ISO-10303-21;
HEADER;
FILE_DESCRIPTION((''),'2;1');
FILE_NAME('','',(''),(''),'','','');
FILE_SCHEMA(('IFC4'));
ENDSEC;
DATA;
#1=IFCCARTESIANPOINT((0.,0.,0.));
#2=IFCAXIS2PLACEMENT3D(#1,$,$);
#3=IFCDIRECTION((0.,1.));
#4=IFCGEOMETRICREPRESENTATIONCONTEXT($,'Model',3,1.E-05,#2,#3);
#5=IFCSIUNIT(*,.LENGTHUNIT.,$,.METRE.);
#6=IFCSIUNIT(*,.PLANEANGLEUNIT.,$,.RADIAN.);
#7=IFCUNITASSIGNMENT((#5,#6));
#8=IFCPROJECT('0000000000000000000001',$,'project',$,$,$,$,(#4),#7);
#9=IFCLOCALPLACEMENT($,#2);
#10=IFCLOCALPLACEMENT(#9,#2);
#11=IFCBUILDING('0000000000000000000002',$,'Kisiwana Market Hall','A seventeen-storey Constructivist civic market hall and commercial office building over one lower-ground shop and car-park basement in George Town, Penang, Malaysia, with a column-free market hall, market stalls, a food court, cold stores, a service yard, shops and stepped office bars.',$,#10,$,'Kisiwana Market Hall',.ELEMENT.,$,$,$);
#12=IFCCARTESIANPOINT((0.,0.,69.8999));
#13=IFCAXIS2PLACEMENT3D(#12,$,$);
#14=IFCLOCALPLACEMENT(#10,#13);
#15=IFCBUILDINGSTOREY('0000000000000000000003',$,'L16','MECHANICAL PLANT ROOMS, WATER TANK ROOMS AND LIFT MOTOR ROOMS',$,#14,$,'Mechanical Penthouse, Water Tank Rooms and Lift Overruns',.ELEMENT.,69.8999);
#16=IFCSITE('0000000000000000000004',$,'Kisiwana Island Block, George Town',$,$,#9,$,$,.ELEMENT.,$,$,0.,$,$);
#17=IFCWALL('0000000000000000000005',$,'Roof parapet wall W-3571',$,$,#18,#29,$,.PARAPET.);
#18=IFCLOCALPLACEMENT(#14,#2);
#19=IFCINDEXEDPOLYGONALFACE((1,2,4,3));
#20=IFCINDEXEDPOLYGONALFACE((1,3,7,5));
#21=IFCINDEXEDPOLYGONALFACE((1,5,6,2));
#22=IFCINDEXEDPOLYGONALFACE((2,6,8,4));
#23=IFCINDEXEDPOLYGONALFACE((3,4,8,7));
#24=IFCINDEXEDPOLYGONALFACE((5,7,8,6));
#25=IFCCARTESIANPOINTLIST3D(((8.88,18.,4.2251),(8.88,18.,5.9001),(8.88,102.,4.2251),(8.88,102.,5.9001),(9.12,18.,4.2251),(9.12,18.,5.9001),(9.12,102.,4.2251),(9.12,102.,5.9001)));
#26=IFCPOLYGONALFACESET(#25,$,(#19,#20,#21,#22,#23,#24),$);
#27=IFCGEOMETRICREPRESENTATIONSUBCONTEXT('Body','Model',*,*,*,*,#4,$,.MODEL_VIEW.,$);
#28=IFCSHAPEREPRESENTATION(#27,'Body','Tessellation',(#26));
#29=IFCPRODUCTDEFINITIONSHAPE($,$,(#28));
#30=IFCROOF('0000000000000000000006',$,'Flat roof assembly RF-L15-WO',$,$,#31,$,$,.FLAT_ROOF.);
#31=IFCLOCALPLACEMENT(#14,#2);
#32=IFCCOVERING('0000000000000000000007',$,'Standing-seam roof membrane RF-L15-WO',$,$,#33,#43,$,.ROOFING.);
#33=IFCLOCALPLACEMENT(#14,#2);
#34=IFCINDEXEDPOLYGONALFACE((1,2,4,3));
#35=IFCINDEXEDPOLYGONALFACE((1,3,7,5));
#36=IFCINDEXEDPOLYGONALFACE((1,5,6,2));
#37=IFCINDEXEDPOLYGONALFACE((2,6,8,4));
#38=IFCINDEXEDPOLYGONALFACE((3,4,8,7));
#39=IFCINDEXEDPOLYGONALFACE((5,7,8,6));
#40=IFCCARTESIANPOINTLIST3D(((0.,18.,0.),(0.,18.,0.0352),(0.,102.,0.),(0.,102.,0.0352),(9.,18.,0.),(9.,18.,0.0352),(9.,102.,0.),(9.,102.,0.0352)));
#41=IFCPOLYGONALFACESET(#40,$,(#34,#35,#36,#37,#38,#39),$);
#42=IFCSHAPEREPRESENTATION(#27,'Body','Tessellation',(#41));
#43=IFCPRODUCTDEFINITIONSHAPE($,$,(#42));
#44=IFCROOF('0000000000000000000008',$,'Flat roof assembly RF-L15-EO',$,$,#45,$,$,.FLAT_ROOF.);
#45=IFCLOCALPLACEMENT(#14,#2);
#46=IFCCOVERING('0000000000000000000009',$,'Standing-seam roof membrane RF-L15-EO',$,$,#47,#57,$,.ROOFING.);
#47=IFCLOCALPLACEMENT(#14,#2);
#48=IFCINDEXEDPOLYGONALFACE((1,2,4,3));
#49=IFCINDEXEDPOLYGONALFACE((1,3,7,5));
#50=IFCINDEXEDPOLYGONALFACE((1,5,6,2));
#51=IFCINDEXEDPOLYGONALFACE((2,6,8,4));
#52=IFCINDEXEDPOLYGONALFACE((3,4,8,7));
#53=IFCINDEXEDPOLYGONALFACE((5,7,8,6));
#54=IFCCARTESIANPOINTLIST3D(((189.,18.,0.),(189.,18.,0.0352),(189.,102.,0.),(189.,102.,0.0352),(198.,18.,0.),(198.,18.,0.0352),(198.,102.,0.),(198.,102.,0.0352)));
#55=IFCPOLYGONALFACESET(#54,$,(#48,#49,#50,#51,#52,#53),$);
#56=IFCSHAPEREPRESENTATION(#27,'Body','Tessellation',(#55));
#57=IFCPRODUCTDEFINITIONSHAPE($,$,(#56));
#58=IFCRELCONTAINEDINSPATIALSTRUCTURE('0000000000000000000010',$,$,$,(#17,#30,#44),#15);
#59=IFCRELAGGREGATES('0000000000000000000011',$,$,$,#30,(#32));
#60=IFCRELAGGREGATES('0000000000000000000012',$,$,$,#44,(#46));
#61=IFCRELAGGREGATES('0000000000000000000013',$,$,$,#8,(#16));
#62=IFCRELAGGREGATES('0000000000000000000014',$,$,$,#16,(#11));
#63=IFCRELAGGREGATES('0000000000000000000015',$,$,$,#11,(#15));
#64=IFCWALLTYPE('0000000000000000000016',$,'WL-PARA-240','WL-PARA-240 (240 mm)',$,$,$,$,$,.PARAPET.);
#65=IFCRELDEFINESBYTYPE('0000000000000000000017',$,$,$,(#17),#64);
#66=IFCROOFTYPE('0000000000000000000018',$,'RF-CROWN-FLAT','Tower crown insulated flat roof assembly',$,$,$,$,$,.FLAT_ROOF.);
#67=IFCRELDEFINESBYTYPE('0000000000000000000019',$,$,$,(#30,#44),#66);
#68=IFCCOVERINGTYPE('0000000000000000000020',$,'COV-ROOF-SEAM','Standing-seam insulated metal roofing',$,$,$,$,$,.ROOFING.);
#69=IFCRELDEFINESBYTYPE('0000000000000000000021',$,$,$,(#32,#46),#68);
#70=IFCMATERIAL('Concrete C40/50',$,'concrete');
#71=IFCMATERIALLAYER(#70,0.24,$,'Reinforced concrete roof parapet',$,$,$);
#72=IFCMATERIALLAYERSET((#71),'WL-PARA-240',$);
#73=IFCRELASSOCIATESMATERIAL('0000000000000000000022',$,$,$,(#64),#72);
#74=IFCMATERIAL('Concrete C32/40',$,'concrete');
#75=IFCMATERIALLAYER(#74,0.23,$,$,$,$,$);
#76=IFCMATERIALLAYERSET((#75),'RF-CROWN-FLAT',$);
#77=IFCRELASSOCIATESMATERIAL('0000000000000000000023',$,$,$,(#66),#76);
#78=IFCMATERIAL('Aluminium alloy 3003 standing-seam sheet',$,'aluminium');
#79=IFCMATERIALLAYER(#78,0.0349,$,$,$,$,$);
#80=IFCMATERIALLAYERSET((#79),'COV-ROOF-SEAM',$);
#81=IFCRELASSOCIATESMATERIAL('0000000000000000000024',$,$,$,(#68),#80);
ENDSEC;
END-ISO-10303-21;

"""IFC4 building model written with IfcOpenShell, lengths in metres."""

from ifc_helpers import new_model, si_unit, direction, frame, frame_2d, origin, place, context, subcontext, project, spatial, polyline, rectangle, outline, extrude, material, layer, layer_set, type_object, element, aggregate, save


model = new_model("IFC4")

# Units and contexts
model_context = context("Model", 3, precision=1e-05, world=origin(), true_north=direction((0.0, 1.0)))
body_context = subcontext(model_context, "Body", "Model", "MODEL_VIEW")
ifc_project = project(units=[si_unit("LENGTHUNIT", "METRE"), si_unit("PLANEANGLEUNIT", "RADIAN")], contexts=[model_context])

# Site, building, storey
site_placement = place(None, origin())
site = spatial("IfcSite", under=ifc_project, at=site_placement, Name="Kisiwana Island Block, George Town", CompositionType="ELEMENT", RefElevation=0.0)
building_placement = place(site_placement, origin())
building = spatial("IfcBuilding", under=site, at=building_placement, Name="Kisiwana Market Hall", Description="A seventeen-storey Constructivist civic market hall and commercial office building over one lower-ground shop and car-park basement in George Town, Penang, Malaysia, with a column-free market hall, market stalls, a food court, cold stores, a service yard, shops and stepped office bars.", LongName="Kisiwana Market Hall", CompositionType="ELEMENT")
storey_placement = place(building_placement, frame((0.0, 0.0, 69.8999)))
storey = spatial("IfcBuildingStorey", under=building, at=storey_placement, Name="L16", Description="MECHANICAL PLANT ROOMS, WATER TANK ROOMS AND LIFT MOTOR ROOMS", LongName="Mechanical Penthouse, Water Tank Rooms and Lift Overruns", CompositionType="ELEMENT", Elevation=69.8999)

# Wall
ifc_material_1 = material(Name="Concrete C40/50", Category="concrete")
ifc_layer_1 = layer(ifc_material_1, 0.24, Name="Reinforced concrete roof parapet")
ifc_layer_set_1 = layer_set([ifc_layer_1], Name="WL-PARA-240")
wall_type_1 = type_object("IfcWallType", Name="WL-PARA-240", Description="WL-PARA-240 (240 mm)", PredefinedType="PARAPET", material=ifc_layer_set_1)
wall_1_placement = place(storey_placement, frame((9.0, 18.0, 4.2251), z_axis=(0.0, 0.0, 1.0), x_axis=(0.0, 1.0, 0.0)))
element("IfcWall", 1, at=wall_1_placement, inside=storey, type_object=wall_type_1, Name="Roof parapet wall W-3571", PredefinedType="PARAPET", context=body_context, shape_type="SweptSolid", body=[
    extrude(rectangle(XDim=84.0, YDim=0.24, at=frame_2d((42.0, 0.0))), origin(), (0.0, 0.0, 1.0), 1.675),
])

# Roofs, coverings
ifc_material_2 = material(Name="Concrete C32/40", Category="concrete")
ifc_layer_2 = layer(ifc_material_2, 0.23)
ifc_layer_set_2 = layer_set([ifc_layer_2], Name="RF-CROWN-FLAT")
roof_type = type_object("IfcRoofType", Name="RF-CROWN-FLAT", Description="Tower crown insulated flat roof assembly", PredefinedType="FLAT_ROOF", material=ifc_layer_set_2)
roof_1_placement = place(storey_placement, origin())
roof_1 = element("IfcRoof", 2, at=roof_1_placement, inside=storey, type_object=roof_type, Name="Flat roof assembly RF-L15-WO", PredefinedType="FLAT_ROOF")
ifc_material_3 = material(Name="Aluminium alloy 3003 standing-seam sheet", Category="aluminium")
ifc_layer_3 = layer(ifc_material_3, 0.0349)
ifc_layer_set_3 = layer_set([ifc_layer_3], Name="COV-ROOF-SEAM")
covering_type = type_object("IfcCoveringType", Name="COV-ROOF-SEAM", Description="Standing-seam insulated metal roofing", PredefinedType="ROOFING", material=ifc_layer_set_3)
covering_1_placement = place(storey_placement, origin())
covering_1 = element("IfcCovering", 3, at=covering_1_placement, type_object=covering_type, Name="Standing-seam roof membrane RF-L15-WO", PredefinedType="ROOFING", context=body_context, shape_type="SweptSolid", body=[
    extrude(outline(polyline([(0.0, 18.0), (9.0, 18.0), (9.0, 102.0), (0.0, 102.0), (0.0, 18.0)])), origin(), (0.0, 0.0, 1.0), 0.0352),
])
aggregate(roof_1, [covering_1])
roof_2_placement = place(storey_placement, origin())
roof_2 = element("IfcRoof", 4, at=roof_2_placement, inside=storey, type_object=roof_type, Name="Flat roof assembly RF-L15-EO", PredefinedType="FLAT_ROOF")
covering_2_placement = place(storey_placement, origin())
covering_2 = element("IfcCovering", 5, at=covering_2_placement, type_object=covering_type, Name="Standing-seam roof membrane RF-L15-EO", PredefinedType="ROOFING", context=body_context, shape_type="SweptSolid", body=[
    extrude(outline(polyline([(189.0, 18.0), (198.0, 18.0), (198.0, 102.0), (189.0, 102.0), (189.0, 18.0)])), origin(), (0.0, 0.0, 1.0), 0.0352),
])
aggregate(roof_2, [covering_2])

save(model, "model.ifc")
